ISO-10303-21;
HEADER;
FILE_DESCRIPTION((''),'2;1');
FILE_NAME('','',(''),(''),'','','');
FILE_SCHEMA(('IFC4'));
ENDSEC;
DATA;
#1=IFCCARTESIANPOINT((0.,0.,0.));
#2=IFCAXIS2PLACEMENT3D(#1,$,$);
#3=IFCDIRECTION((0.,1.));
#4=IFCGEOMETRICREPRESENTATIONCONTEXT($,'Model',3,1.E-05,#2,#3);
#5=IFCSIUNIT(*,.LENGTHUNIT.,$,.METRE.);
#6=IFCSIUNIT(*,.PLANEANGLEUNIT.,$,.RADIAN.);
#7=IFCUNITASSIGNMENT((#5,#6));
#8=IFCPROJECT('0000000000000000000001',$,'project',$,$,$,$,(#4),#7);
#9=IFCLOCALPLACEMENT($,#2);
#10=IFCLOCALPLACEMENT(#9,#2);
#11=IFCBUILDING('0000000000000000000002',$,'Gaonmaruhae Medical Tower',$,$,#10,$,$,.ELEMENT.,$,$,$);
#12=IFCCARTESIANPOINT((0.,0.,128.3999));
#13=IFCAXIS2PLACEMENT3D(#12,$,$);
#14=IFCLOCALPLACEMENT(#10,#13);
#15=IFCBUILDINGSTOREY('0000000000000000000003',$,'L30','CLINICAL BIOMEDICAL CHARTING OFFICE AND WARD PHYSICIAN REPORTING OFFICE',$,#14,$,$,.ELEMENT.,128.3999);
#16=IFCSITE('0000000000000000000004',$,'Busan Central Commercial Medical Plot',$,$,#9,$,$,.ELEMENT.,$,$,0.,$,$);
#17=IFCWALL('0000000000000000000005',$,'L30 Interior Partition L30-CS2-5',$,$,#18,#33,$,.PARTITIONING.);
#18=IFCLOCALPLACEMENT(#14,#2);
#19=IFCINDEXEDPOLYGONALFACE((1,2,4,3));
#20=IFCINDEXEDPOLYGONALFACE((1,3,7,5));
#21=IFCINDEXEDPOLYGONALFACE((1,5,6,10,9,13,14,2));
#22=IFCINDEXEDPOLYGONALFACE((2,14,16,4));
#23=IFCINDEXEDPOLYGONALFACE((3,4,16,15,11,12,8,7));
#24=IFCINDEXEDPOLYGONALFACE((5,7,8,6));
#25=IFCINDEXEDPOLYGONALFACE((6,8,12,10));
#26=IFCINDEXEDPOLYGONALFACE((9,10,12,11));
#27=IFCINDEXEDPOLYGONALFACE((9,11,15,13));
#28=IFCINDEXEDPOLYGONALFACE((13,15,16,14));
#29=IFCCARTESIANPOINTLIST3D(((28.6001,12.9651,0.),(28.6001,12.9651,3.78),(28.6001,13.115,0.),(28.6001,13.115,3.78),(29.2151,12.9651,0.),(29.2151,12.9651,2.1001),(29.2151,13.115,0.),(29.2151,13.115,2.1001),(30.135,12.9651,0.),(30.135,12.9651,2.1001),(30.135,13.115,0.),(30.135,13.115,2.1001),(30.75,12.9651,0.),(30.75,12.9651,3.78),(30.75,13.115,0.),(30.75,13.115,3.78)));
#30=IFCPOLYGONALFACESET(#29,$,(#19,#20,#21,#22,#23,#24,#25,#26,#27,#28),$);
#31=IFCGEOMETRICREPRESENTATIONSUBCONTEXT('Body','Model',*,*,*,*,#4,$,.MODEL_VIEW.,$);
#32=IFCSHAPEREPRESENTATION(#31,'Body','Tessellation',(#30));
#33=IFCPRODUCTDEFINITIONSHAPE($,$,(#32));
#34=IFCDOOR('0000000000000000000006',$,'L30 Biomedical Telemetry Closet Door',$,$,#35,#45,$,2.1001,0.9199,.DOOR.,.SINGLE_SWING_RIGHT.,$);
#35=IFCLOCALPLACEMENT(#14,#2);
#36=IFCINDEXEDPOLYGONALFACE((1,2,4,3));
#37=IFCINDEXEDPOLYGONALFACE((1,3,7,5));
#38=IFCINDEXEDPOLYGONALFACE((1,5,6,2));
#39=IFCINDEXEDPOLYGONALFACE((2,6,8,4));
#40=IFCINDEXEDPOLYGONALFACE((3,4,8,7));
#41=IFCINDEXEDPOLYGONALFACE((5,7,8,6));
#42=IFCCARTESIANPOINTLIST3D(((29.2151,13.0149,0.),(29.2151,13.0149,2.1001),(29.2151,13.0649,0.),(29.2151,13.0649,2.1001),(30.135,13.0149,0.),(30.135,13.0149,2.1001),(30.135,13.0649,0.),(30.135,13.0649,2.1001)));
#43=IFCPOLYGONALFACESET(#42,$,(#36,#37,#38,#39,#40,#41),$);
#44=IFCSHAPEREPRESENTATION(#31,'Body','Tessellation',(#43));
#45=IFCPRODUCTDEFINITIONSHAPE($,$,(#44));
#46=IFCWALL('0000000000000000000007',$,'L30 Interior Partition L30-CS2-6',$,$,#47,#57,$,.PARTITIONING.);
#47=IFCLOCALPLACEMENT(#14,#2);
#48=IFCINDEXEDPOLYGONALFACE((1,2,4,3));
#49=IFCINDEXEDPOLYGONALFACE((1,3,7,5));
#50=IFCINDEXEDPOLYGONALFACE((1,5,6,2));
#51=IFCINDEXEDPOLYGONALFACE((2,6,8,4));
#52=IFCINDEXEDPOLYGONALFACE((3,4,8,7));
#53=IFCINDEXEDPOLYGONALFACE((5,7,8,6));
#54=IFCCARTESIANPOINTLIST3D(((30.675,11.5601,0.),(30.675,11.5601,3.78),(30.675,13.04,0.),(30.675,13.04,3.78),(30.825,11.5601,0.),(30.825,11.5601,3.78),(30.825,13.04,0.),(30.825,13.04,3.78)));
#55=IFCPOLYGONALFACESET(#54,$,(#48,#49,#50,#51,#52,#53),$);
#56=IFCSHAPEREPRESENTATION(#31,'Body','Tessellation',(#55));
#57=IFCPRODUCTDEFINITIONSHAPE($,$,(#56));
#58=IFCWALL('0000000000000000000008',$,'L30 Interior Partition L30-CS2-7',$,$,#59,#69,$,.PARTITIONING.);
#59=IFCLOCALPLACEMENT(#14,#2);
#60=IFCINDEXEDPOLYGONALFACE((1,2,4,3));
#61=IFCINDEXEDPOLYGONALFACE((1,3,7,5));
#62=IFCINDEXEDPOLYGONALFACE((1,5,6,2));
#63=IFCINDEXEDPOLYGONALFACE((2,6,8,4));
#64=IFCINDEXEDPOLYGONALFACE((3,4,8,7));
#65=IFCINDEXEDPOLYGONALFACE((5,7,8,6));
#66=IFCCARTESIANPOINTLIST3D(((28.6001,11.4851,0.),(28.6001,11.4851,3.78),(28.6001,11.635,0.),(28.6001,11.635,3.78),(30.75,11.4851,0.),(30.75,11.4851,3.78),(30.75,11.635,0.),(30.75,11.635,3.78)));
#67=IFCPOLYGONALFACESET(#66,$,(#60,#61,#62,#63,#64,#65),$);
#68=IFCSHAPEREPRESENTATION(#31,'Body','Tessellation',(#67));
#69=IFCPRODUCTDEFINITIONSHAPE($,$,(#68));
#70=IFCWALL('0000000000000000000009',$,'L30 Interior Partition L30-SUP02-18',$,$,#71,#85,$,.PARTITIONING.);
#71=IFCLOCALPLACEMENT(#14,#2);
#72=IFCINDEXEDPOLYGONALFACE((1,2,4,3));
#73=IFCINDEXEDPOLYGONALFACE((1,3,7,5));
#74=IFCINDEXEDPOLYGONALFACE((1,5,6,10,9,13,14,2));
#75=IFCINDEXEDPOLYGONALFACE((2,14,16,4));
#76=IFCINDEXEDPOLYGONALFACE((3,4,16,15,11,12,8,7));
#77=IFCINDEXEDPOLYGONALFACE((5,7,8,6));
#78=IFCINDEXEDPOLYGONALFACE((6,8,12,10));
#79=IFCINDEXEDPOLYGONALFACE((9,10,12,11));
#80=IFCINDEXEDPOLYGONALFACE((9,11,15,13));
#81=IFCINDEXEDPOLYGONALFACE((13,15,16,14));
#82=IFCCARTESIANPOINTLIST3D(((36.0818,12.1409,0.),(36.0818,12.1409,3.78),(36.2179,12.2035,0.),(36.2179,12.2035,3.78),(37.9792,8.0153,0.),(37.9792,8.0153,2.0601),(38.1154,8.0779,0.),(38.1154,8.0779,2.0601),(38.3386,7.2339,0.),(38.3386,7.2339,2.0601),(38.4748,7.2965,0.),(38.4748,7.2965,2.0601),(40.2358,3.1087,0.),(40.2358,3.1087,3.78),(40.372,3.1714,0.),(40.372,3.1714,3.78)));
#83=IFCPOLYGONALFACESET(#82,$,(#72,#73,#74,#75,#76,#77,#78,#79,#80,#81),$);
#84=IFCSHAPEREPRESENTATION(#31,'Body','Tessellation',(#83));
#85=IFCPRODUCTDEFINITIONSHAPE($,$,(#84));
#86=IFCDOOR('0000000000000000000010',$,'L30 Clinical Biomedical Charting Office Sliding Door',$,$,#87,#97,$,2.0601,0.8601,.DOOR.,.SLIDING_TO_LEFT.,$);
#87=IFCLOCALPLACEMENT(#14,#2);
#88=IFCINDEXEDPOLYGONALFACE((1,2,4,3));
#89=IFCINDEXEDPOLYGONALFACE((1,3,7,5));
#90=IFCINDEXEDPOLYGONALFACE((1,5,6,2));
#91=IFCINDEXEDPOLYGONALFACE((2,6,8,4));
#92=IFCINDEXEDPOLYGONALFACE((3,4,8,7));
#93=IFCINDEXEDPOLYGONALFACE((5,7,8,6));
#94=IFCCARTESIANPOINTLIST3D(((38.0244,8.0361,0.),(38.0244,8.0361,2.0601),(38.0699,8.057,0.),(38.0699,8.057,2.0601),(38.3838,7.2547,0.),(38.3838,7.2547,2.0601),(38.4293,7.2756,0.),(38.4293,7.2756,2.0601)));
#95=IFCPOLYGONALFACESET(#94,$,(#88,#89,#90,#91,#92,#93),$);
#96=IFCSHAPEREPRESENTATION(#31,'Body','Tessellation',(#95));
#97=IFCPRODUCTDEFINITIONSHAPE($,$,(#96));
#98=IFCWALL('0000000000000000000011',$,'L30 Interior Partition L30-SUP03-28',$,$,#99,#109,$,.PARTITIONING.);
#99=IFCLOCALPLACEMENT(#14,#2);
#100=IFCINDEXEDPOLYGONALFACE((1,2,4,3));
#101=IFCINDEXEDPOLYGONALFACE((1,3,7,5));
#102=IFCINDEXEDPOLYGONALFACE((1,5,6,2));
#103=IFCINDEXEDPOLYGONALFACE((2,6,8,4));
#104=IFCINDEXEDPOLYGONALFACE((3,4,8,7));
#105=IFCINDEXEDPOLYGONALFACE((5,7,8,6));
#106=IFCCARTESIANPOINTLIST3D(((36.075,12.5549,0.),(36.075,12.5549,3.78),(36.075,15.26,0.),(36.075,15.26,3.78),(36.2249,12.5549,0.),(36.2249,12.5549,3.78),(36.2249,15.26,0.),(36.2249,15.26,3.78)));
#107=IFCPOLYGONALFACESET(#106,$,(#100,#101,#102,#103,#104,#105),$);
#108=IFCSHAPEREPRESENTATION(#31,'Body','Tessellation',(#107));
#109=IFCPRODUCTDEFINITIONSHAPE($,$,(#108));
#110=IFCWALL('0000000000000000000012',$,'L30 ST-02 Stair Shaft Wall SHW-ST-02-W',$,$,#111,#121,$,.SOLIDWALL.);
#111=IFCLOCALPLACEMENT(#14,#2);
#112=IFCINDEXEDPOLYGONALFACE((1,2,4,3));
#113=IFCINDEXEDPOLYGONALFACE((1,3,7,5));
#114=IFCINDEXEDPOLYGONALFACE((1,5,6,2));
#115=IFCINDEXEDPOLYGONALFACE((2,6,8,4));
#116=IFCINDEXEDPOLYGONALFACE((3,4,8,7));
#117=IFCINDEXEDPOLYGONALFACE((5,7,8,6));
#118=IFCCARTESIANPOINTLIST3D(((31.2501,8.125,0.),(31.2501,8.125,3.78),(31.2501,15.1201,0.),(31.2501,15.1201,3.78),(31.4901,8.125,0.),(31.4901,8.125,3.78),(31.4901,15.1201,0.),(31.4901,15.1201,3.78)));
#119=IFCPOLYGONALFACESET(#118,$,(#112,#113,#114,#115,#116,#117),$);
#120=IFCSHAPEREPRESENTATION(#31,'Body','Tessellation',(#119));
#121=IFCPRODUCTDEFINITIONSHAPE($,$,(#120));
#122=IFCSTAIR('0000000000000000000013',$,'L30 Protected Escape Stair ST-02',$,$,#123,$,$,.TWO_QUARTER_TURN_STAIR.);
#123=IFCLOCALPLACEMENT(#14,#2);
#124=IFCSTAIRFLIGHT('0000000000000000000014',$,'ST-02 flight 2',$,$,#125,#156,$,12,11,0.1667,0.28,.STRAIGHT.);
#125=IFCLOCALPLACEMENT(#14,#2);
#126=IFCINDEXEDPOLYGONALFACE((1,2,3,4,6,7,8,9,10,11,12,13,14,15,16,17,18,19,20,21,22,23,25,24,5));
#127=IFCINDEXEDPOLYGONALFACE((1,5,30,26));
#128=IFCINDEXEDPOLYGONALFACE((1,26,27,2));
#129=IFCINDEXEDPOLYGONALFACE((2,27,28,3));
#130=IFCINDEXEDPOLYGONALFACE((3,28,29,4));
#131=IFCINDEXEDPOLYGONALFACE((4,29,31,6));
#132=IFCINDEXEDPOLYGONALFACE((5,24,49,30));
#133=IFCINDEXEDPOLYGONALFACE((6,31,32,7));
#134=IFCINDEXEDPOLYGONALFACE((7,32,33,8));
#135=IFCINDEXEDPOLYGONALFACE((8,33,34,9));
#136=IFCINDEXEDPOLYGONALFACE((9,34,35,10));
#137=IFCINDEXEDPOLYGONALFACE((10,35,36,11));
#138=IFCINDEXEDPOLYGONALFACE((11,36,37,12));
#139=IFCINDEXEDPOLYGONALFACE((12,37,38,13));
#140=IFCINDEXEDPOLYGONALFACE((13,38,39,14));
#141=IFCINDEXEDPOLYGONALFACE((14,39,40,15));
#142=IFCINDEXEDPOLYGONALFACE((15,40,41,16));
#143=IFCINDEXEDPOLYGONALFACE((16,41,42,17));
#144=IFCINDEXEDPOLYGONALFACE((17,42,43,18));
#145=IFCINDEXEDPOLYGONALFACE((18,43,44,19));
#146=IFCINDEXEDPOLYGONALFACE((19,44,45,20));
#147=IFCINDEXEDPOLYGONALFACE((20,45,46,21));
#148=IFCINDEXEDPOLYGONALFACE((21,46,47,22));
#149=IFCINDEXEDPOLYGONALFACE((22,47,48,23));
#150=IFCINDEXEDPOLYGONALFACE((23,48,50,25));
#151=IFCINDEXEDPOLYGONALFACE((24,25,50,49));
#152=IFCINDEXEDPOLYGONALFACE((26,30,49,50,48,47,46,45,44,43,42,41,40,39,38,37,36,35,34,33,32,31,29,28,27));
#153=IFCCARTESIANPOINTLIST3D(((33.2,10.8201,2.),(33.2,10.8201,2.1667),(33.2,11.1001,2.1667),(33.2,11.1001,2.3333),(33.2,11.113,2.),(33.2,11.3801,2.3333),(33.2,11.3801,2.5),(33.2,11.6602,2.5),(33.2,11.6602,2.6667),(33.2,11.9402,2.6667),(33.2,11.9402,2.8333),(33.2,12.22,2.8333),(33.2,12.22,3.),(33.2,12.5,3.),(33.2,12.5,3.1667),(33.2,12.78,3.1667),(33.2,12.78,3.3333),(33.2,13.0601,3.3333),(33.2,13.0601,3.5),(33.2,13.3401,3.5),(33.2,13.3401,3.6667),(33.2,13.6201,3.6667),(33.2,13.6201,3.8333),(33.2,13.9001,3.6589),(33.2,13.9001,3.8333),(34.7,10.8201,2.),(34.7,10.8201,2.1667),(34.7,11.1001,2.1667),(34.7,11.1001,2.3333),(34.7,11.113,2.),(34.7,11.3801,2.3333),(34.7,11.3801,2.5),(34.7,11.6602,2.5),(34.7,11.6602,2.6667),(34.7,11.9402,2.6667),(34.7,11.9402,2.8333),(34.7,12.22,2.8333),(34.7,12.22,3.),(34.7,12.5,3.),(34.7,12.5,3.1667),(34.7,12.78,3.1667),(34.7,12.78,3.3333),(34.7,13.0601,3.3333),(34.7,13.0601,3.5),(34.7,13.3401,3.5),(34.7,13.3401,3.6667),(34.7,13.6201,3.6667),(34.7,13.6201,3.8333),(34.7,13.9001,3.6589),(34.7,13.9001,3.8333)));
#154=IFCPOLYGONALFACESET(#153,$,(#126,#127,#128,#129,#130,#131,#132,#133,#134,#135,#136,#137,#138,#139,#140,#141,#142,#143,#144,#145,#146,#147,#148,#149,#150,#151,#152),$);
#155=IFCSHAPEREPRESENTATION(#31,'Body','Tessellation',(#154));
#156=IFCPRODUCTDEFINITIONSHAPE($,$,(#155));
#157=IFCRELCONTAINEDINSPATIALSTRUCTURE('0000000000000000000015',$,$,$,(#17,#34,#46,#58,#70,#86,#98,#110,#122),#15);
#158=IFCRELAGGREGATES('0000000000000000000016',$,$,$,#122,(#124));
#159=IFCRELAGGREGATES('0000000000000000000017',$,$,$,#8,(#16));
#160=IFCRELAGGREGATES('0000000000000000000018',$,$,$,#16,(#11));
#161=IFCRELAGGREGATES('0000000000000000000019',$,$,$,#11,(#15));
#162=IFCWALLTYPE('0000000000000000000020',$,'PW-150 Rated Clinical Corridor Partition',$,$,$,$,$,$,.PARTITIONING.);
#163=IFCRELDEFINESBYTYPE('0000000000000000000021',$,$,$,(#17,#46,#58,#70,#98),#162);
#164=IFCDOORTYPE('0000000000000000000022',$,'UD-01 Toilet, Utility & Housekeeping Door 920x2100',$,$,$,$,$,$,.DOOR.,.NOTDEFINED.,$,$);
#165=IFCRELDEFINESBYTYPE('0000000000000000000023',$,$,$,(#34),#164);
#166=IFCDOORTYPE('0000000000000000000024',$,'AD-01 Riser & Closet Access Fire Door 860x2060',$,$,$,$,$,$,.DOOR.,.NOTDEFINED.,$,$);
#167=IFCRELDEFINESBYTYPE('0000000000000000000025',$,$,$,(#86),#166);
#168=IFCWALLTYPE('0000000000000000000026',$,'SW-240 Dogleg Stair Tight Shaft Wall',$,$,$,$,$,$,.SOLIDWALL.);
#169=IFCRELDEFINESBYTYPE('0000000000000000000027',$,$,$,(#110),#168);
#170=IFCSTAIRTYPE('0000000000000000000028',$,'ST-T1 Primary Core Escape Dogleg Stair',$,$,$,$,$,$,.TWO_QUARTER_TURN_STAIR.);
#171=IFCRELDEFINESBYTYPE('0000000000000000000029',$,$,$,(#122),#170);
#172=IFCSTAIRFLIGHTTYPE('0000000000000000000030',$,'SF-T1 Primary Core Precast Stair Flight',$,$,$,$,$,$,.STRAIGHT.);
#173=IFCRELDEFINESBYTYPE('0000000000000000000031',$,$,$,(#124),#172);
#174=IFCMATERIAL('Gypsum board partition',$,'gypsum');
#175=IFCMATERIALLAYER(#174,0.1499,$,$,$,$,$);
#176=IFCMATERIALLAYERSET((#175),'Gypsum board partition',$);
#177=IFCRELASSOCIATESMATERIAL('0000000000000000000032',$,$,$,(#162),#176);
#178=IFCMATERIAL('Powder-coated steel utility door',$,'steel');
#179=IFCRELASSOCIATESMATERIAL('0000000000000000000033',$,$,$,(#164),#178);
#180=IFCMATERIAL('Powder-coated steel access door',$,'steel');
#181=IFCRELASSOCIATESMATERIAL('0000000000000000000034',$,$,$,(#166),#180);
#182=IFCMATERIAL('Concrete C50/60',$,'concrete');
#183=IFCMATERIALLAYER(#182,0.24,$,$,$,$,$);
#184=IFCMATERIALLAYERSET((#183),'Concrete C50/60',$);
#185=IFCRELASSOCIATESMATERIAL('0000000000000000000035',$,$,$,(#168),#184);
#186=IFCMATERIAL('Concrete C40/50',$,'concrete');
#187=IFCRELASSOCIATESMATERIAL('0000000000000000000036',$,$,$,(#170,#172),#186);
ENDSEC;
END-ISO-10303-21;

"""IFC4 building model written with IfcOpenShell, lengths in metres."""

from ifc_helpers import new_model, si_unit, direction, frame, frame_2d, origin, place, context, subcontext, project, spatial, polyline, rectangle, outline, extrude, material, layer, layer_set, type_object, element, fill, aggregate, save


model = new_model("IFC4")

# Units and contexts
model_context = context("Model", 3, precision=1e-05, world=origin(), true_north=direction((0.0, 1.0)))
body_context = subcontext(model_context, "Body", "Model", "MODEL_VIEW")
ifc_project = project(units=[si_unit("LENGTHUNIT", "METRE"), si_unit("PLANEANGLEUNIT", "RADIAN")], contexts=[model_context])

# Site, building, storey
site_placement = place(None, origin())
site = spatial("IfcSite", under=ifc_project, at=site_placement, Name="Busan Central Commercial Medical Plot", CompositionType="ELEMENT", RefElevation=0.0)
building_placement = place(site_placement, origin())
building = spatial("IfcBuilding", under=site, at=building_placement, Name="Gaonmaruhae Medical Tower", CompositionType="ELEMENT")
storey_placement = place(building_placement, frame((0.0, 0.0, 128.3999)))
storey = spatial("IfcBuildingStorey", under=building, at=storey_placement, Name="L30", Description="CLINICAL BIOMEDICAL CHARTING OFFICE AND WARD PHYSICIAN REPORTING OFFICE", CompositionType="ELEMENT", Elevation=128.3999)

# Shared definitions
ifc_material_1 = material(Name="Gypsum board partition", Category="gypsum")
ifc_layer_1 = layer(ifc_material_1, 0.1499)
ifc_layer_set_1 = layer_set([ifc_layer_1], Name="Gypsum board partition")
wall_type_1 = type_object("IfcWallType", Name="PW-150 Rated Clinical Corridor Partition", PredefinedType="PARTITIONING", material=ifc_layer_set_1)

# Shared definitions
ifc_material_2 = material(Name="Powder-coated steel utility door", Category="steel")
door_type_1 = type_object("IfcDoorType", Name="UD-01 Toilet, Utility & Housekeeping Door 920x2100", OperationType="NOTDEFINED", PredefinedType="DOOR", material=ifc_material_2)

# Wall, opening, door
wall_1_placement = place(storey_placement, frame((28.6001, 13.04, 0.0), z_axis=(0.0, 0.0, 1.0), x_axis=(1.0, 0.0, 0.0)))
wall_1 = element("IfcWall", 1, at=wall_1_placement, inside=storey, type_object=wall_type_1, Name="L30 Interior Partition L30-CS2-5", PredefinedType="PARTITIONING", context=body_context, shape_type="SweptSolid", body=[
    extrude(rectangle(XDim=2.1499, YDim=0.1499, at=frame_2d((1.075, 0.0))), origin(), (0.0, 0.0, 1.0), 3.78),
])
opening_1_placement = place(wall_1_placement, frame((0.615, 0.0, 0.0)))
opening_1 = element("IfcOpeningElement", 2, at=opening_1_placement, cuts=wall_1, PredefinedType="OPENING", context=body_context, shape_type="SweptSolid", body=[
    extrude(rectangle(XDim=0.9199, YDim=2.1001, at=frame_2d((0.46, 1.05))), frame((0.0, 0.085, 0.0), z_axis=(0.0, -1.0, 0.0), x_axis=(1.0, 0.0, 0.0)), (0.0, 0.0, 1.0), 0.1699),
])
door_1_placement = place(opening_1_placement, origin())
door_1 = element("IfcDoor", 3, at=door_1_placement, inside=storey, type_object=door_type_1, Name="L30 Biomedical Telemetry Closet Door", OperationType="SINGLE_SWING_RIGHT", OverallHeight=2.1001, OverallWidth=0.9199, PredefinedType="DOOR", context=body_context, shape_type="SweptSolid", body=[
    extrude(rectangle(XDim=0.9199, YDim=2.1001, at=frame_2d((0.46, 1.05))), frame((0.0, 0.0249, 0.0), z_axis=(0.0, -1.0, 0.0), x_axis=(1.0, 0.0, 0.0)), (0.0, 0.0, 1.0), 0.05),
])
fill(opening_1, door_1)

# Walls
wall_2_placement = place(storey_placement, frame((30.75, 13.04, 0.0), z_axis=(0.0, 0.0, 1.0), x_axis=(0.0, -1.0, 0.0)))
element("IfcWall", 4, at=wall_2_placement, inside=storey, type_object=wall_type_1, Name="L30 Interior Partition L30-CS2-6", PredefinedType="PARTITIONING", context=body_context, shape_type="SweptSolid", body=[
    extrude(rectangle(XDim=1.48, YDim=0.1499, at=frame_2d((0.74, 0.0))), origin(), (0.0, 0.0, 1.0), 3.78),
])
wall_3_placement = place(storey_placement, frame((30.75, 11.5601, 0.0), z_axis=(0.0, 0.0, 1.0), x_axis=(-1.0, 0.0, 0.0)))
element("IfcWall", 5, at=wall_3_placement, inside=storey, type_object=wall_type_1, Name="L30 Interior Partition L30-CS2-7", PredefinedType="PARTITIONING", context=body_context, shape_type="SweptSolid", body=[
    extrude(rectangle(XDim=2.1499, YDim=0.1499, at=frame_2d((1.075, 0.0))), origin(), (0.0, 0.0, 1.0), 3.78),
])

# Wall, opening, door
wall_4_placement = place(storey_placement, frame((36.1499, 12.1721, 0.0), z_axis=(0.0, 0.0, 1.0), x_axis=(0.417842, -0.90852, 0.0)))
wall_4 = element("IfcWall", 6, at=wall_4_placement, inside=storey, type_object=wall_type_1, Name="L30 Interior Partition L30-SUP02-18", PredefinedType="PARTITIONING", context=body_context, shape_type="SweptSolid", body=[
    extrude(rectangle(XDim=9.9417, YDim=0.1499, at=frame_2d((4.9707, 0.0))), origin(), (0.0, 0.0, 1.0), 3.78),
])
opening_2_placement = place(wall_4_placement, frame((4.5408, 0.0, 0.0)))
opening_2 = element("IfcOpeningElement", 7, at=opening_2_placement, cuts=wall_4, PredefinedType="OPENING", context=body_context, shape_type="SweptSolid", body=[
    extrude(rectangle(XDim=0.8601, YDim=2.0601, at=frame_2d((0.4302, 1.03))), frame((0.0, 0.085, 0.0), z_axis=(0.0, -1.0, 0.0), x_axis=(1.0, 0.0, 0.0)), (0.0, 0.0, 1.0), 0.1699),
])
ifc_material_3 = material(Name="Powder-coated steel access door", Category="steel")
door_type_2 = type_object("IfcDoorType", Name="AD-01 Riser & Closet Access Fire Door 860x2060", OperationType="NOTDEFINED", PredefinedType="DOOR", material=ifc_material_3)
door_2_placement = place(opening_2_placement, origin())
door_2 = element("IfcDoor", 8, at=door_2_placement, inside=storey, type_object=door_type_2, Name="L30 Clinical Biomedical Charting Office Sliding Door", OperationType="SLIDING_TO_LEFT", OverallHeight=2.0601, OverallWidth=0.8601, PredefinedType="DOOR", context=body_context, shape_type="SweptSolid", body=[
    extrude(rectangle(XDim=0.8601, YDim=2.0601, at=frame_2d((0.4302, 1.03))), frame((0.0, 0.0249, 0.0), z_axis=(0.0, -1.0, 0.0), x_axis=(1.0, 0.0, 0.0)), (0.0, 0.0, 1.0), 0.05),
])
fill(opening_2, door_2)

# Walls
wall_5_placement = place(storey_placement, frame((36.1499, 12.5549, 0.0), z_axis=(0.0, 0.0, 1.0), x_axis=(0.0, 1.0, 0.0)))
element("IfcWall", 9, at=wall_5_placement, inside=storey, type_object=wall_type_1, Name="L30 Interior Partition L30-SUP03-28", PredefinedType="PARTITIONING", context=body_context, shape_type="SweptSolid", body=[
    extrude(rectangle(XDim=2.7051, YDim=0.1499, at=frame_2d((1.3525, 0.0))), origin(), (0.0, 0.0, 1.0), 3.78),
])
ifc_material_4 = material(Name="Concrete C50/60", Category="concrete")
ifc_layer_2 = layer(ifc_material_4, 0.24)
ifc_layer_set_2 = layer_set([ifc_layer_2], Name="Concrete C50/60")
wall_type_2 = type_object("IfcWallType", Name="SW-240 Dogleg Stair Tight Shaft Wall", PredefinedType="SOLIDWALL", material=ifc_layer_set_2)
wall_6_placement = place(storey_placement, frame((31.3701, 8.125, 0.0), z_axis=(0.0, 0.0, 1.0), x_axis=(0.0, 1.0, 0.0)))
element("IfcWall", 10, at=wall_6_placement, inside=storey, type_object=wall_type_2, Name="L30 ST-02 Stair Shaft Wall SHW-ST-02-W", PredefinedType="SOLIDWALL", context=body_context, shape_type="SweptSolid", body=[
    extrude(rectangle(XDim=6.9951, YDim=0.24, at=frame_2d((3.4976, 0.0))), origin(), (0.0, 0.0, 1.0), 3.78),
])

# Stair, stair flight
ifc_material_5 = material(Name="Concrete C40/50", Category="concrete")
stair_type = type_object("IfcStairType", Name="ST-T1 Primary Core Escape Dogleg Stair", PredefinedType="TWO_QUARTER_TURN_STAIR", material=ifc_material_5)
stair_placement = place(storey_placement, origin())
stair = element("IfcStair", 11, at=stair_placement, inside=storey, type_object=stair_type, Name="L30 Protected Escape Stair ST-02", PredefinedType="TWO_QUARTER_TURN_STAIR")
stair_flight_type = type_object("IfcStairFlightType", Name="SF-T1 Primary Core Precast Stair Flight", PredefinedType="STRAIGHT", material=ifc_material_5)
stair_flight_placement = place(storey_placement, frame((33.95, 10.8201, 2.0), z_axis=(0.0, 0.0, 1.0), x_axis=(0.0, 1.0, 0.0)))
stair_flight = element("IfcStairFlight", 12, at=stair_flight_placement, type_object=stair_flight_type, Name="ST-02 flight 2", NumberOfRisers=12, NumberOfTreads=11, PredefinedType="STRAIGHT", RiserHeight=0.1667, TreadLength=0.28, context=body_context, shape_type="SweptSolid", body=[
    extrude(outline(polyline([(0.0, 0.0), (0.0, 0.1667), (0.28, 0.1667), (0.28, 0.3333), (0.5601, 0.3333), (0.5601, 0.5), (0.8401, 0.5), (0.8401, 0.6667), (1.1201, 0.6667), (1.1201, 0.8333), (1.3999, 0.8333), (1.3999, 1.0), (1.6799, 1.0), (1.6799, 1.1667), (1.96, 1.1667), (1.96, 1.3333), (2.24, 1.3333), (2.24, 1.5), (2.52, 1.5), (2.52, 1.6667), (2.8, 1.6667), (2.8, 1.8333), (3.0801, 1.8333), (3.0801, 2.0), (3.0801, 1.6589), (0.293, 0.0), (0.0, 0.0)])), frame((0.0, 0.75, 0.0), z_axis=(0.0, -1.0, 0.0), x_axis=(1.0, 0.0, 0.0)), (0.0, 0.0, 1.0), 1.5),
])
aggregate(stair, [stair_flight])

save(model, "model.ifc")
